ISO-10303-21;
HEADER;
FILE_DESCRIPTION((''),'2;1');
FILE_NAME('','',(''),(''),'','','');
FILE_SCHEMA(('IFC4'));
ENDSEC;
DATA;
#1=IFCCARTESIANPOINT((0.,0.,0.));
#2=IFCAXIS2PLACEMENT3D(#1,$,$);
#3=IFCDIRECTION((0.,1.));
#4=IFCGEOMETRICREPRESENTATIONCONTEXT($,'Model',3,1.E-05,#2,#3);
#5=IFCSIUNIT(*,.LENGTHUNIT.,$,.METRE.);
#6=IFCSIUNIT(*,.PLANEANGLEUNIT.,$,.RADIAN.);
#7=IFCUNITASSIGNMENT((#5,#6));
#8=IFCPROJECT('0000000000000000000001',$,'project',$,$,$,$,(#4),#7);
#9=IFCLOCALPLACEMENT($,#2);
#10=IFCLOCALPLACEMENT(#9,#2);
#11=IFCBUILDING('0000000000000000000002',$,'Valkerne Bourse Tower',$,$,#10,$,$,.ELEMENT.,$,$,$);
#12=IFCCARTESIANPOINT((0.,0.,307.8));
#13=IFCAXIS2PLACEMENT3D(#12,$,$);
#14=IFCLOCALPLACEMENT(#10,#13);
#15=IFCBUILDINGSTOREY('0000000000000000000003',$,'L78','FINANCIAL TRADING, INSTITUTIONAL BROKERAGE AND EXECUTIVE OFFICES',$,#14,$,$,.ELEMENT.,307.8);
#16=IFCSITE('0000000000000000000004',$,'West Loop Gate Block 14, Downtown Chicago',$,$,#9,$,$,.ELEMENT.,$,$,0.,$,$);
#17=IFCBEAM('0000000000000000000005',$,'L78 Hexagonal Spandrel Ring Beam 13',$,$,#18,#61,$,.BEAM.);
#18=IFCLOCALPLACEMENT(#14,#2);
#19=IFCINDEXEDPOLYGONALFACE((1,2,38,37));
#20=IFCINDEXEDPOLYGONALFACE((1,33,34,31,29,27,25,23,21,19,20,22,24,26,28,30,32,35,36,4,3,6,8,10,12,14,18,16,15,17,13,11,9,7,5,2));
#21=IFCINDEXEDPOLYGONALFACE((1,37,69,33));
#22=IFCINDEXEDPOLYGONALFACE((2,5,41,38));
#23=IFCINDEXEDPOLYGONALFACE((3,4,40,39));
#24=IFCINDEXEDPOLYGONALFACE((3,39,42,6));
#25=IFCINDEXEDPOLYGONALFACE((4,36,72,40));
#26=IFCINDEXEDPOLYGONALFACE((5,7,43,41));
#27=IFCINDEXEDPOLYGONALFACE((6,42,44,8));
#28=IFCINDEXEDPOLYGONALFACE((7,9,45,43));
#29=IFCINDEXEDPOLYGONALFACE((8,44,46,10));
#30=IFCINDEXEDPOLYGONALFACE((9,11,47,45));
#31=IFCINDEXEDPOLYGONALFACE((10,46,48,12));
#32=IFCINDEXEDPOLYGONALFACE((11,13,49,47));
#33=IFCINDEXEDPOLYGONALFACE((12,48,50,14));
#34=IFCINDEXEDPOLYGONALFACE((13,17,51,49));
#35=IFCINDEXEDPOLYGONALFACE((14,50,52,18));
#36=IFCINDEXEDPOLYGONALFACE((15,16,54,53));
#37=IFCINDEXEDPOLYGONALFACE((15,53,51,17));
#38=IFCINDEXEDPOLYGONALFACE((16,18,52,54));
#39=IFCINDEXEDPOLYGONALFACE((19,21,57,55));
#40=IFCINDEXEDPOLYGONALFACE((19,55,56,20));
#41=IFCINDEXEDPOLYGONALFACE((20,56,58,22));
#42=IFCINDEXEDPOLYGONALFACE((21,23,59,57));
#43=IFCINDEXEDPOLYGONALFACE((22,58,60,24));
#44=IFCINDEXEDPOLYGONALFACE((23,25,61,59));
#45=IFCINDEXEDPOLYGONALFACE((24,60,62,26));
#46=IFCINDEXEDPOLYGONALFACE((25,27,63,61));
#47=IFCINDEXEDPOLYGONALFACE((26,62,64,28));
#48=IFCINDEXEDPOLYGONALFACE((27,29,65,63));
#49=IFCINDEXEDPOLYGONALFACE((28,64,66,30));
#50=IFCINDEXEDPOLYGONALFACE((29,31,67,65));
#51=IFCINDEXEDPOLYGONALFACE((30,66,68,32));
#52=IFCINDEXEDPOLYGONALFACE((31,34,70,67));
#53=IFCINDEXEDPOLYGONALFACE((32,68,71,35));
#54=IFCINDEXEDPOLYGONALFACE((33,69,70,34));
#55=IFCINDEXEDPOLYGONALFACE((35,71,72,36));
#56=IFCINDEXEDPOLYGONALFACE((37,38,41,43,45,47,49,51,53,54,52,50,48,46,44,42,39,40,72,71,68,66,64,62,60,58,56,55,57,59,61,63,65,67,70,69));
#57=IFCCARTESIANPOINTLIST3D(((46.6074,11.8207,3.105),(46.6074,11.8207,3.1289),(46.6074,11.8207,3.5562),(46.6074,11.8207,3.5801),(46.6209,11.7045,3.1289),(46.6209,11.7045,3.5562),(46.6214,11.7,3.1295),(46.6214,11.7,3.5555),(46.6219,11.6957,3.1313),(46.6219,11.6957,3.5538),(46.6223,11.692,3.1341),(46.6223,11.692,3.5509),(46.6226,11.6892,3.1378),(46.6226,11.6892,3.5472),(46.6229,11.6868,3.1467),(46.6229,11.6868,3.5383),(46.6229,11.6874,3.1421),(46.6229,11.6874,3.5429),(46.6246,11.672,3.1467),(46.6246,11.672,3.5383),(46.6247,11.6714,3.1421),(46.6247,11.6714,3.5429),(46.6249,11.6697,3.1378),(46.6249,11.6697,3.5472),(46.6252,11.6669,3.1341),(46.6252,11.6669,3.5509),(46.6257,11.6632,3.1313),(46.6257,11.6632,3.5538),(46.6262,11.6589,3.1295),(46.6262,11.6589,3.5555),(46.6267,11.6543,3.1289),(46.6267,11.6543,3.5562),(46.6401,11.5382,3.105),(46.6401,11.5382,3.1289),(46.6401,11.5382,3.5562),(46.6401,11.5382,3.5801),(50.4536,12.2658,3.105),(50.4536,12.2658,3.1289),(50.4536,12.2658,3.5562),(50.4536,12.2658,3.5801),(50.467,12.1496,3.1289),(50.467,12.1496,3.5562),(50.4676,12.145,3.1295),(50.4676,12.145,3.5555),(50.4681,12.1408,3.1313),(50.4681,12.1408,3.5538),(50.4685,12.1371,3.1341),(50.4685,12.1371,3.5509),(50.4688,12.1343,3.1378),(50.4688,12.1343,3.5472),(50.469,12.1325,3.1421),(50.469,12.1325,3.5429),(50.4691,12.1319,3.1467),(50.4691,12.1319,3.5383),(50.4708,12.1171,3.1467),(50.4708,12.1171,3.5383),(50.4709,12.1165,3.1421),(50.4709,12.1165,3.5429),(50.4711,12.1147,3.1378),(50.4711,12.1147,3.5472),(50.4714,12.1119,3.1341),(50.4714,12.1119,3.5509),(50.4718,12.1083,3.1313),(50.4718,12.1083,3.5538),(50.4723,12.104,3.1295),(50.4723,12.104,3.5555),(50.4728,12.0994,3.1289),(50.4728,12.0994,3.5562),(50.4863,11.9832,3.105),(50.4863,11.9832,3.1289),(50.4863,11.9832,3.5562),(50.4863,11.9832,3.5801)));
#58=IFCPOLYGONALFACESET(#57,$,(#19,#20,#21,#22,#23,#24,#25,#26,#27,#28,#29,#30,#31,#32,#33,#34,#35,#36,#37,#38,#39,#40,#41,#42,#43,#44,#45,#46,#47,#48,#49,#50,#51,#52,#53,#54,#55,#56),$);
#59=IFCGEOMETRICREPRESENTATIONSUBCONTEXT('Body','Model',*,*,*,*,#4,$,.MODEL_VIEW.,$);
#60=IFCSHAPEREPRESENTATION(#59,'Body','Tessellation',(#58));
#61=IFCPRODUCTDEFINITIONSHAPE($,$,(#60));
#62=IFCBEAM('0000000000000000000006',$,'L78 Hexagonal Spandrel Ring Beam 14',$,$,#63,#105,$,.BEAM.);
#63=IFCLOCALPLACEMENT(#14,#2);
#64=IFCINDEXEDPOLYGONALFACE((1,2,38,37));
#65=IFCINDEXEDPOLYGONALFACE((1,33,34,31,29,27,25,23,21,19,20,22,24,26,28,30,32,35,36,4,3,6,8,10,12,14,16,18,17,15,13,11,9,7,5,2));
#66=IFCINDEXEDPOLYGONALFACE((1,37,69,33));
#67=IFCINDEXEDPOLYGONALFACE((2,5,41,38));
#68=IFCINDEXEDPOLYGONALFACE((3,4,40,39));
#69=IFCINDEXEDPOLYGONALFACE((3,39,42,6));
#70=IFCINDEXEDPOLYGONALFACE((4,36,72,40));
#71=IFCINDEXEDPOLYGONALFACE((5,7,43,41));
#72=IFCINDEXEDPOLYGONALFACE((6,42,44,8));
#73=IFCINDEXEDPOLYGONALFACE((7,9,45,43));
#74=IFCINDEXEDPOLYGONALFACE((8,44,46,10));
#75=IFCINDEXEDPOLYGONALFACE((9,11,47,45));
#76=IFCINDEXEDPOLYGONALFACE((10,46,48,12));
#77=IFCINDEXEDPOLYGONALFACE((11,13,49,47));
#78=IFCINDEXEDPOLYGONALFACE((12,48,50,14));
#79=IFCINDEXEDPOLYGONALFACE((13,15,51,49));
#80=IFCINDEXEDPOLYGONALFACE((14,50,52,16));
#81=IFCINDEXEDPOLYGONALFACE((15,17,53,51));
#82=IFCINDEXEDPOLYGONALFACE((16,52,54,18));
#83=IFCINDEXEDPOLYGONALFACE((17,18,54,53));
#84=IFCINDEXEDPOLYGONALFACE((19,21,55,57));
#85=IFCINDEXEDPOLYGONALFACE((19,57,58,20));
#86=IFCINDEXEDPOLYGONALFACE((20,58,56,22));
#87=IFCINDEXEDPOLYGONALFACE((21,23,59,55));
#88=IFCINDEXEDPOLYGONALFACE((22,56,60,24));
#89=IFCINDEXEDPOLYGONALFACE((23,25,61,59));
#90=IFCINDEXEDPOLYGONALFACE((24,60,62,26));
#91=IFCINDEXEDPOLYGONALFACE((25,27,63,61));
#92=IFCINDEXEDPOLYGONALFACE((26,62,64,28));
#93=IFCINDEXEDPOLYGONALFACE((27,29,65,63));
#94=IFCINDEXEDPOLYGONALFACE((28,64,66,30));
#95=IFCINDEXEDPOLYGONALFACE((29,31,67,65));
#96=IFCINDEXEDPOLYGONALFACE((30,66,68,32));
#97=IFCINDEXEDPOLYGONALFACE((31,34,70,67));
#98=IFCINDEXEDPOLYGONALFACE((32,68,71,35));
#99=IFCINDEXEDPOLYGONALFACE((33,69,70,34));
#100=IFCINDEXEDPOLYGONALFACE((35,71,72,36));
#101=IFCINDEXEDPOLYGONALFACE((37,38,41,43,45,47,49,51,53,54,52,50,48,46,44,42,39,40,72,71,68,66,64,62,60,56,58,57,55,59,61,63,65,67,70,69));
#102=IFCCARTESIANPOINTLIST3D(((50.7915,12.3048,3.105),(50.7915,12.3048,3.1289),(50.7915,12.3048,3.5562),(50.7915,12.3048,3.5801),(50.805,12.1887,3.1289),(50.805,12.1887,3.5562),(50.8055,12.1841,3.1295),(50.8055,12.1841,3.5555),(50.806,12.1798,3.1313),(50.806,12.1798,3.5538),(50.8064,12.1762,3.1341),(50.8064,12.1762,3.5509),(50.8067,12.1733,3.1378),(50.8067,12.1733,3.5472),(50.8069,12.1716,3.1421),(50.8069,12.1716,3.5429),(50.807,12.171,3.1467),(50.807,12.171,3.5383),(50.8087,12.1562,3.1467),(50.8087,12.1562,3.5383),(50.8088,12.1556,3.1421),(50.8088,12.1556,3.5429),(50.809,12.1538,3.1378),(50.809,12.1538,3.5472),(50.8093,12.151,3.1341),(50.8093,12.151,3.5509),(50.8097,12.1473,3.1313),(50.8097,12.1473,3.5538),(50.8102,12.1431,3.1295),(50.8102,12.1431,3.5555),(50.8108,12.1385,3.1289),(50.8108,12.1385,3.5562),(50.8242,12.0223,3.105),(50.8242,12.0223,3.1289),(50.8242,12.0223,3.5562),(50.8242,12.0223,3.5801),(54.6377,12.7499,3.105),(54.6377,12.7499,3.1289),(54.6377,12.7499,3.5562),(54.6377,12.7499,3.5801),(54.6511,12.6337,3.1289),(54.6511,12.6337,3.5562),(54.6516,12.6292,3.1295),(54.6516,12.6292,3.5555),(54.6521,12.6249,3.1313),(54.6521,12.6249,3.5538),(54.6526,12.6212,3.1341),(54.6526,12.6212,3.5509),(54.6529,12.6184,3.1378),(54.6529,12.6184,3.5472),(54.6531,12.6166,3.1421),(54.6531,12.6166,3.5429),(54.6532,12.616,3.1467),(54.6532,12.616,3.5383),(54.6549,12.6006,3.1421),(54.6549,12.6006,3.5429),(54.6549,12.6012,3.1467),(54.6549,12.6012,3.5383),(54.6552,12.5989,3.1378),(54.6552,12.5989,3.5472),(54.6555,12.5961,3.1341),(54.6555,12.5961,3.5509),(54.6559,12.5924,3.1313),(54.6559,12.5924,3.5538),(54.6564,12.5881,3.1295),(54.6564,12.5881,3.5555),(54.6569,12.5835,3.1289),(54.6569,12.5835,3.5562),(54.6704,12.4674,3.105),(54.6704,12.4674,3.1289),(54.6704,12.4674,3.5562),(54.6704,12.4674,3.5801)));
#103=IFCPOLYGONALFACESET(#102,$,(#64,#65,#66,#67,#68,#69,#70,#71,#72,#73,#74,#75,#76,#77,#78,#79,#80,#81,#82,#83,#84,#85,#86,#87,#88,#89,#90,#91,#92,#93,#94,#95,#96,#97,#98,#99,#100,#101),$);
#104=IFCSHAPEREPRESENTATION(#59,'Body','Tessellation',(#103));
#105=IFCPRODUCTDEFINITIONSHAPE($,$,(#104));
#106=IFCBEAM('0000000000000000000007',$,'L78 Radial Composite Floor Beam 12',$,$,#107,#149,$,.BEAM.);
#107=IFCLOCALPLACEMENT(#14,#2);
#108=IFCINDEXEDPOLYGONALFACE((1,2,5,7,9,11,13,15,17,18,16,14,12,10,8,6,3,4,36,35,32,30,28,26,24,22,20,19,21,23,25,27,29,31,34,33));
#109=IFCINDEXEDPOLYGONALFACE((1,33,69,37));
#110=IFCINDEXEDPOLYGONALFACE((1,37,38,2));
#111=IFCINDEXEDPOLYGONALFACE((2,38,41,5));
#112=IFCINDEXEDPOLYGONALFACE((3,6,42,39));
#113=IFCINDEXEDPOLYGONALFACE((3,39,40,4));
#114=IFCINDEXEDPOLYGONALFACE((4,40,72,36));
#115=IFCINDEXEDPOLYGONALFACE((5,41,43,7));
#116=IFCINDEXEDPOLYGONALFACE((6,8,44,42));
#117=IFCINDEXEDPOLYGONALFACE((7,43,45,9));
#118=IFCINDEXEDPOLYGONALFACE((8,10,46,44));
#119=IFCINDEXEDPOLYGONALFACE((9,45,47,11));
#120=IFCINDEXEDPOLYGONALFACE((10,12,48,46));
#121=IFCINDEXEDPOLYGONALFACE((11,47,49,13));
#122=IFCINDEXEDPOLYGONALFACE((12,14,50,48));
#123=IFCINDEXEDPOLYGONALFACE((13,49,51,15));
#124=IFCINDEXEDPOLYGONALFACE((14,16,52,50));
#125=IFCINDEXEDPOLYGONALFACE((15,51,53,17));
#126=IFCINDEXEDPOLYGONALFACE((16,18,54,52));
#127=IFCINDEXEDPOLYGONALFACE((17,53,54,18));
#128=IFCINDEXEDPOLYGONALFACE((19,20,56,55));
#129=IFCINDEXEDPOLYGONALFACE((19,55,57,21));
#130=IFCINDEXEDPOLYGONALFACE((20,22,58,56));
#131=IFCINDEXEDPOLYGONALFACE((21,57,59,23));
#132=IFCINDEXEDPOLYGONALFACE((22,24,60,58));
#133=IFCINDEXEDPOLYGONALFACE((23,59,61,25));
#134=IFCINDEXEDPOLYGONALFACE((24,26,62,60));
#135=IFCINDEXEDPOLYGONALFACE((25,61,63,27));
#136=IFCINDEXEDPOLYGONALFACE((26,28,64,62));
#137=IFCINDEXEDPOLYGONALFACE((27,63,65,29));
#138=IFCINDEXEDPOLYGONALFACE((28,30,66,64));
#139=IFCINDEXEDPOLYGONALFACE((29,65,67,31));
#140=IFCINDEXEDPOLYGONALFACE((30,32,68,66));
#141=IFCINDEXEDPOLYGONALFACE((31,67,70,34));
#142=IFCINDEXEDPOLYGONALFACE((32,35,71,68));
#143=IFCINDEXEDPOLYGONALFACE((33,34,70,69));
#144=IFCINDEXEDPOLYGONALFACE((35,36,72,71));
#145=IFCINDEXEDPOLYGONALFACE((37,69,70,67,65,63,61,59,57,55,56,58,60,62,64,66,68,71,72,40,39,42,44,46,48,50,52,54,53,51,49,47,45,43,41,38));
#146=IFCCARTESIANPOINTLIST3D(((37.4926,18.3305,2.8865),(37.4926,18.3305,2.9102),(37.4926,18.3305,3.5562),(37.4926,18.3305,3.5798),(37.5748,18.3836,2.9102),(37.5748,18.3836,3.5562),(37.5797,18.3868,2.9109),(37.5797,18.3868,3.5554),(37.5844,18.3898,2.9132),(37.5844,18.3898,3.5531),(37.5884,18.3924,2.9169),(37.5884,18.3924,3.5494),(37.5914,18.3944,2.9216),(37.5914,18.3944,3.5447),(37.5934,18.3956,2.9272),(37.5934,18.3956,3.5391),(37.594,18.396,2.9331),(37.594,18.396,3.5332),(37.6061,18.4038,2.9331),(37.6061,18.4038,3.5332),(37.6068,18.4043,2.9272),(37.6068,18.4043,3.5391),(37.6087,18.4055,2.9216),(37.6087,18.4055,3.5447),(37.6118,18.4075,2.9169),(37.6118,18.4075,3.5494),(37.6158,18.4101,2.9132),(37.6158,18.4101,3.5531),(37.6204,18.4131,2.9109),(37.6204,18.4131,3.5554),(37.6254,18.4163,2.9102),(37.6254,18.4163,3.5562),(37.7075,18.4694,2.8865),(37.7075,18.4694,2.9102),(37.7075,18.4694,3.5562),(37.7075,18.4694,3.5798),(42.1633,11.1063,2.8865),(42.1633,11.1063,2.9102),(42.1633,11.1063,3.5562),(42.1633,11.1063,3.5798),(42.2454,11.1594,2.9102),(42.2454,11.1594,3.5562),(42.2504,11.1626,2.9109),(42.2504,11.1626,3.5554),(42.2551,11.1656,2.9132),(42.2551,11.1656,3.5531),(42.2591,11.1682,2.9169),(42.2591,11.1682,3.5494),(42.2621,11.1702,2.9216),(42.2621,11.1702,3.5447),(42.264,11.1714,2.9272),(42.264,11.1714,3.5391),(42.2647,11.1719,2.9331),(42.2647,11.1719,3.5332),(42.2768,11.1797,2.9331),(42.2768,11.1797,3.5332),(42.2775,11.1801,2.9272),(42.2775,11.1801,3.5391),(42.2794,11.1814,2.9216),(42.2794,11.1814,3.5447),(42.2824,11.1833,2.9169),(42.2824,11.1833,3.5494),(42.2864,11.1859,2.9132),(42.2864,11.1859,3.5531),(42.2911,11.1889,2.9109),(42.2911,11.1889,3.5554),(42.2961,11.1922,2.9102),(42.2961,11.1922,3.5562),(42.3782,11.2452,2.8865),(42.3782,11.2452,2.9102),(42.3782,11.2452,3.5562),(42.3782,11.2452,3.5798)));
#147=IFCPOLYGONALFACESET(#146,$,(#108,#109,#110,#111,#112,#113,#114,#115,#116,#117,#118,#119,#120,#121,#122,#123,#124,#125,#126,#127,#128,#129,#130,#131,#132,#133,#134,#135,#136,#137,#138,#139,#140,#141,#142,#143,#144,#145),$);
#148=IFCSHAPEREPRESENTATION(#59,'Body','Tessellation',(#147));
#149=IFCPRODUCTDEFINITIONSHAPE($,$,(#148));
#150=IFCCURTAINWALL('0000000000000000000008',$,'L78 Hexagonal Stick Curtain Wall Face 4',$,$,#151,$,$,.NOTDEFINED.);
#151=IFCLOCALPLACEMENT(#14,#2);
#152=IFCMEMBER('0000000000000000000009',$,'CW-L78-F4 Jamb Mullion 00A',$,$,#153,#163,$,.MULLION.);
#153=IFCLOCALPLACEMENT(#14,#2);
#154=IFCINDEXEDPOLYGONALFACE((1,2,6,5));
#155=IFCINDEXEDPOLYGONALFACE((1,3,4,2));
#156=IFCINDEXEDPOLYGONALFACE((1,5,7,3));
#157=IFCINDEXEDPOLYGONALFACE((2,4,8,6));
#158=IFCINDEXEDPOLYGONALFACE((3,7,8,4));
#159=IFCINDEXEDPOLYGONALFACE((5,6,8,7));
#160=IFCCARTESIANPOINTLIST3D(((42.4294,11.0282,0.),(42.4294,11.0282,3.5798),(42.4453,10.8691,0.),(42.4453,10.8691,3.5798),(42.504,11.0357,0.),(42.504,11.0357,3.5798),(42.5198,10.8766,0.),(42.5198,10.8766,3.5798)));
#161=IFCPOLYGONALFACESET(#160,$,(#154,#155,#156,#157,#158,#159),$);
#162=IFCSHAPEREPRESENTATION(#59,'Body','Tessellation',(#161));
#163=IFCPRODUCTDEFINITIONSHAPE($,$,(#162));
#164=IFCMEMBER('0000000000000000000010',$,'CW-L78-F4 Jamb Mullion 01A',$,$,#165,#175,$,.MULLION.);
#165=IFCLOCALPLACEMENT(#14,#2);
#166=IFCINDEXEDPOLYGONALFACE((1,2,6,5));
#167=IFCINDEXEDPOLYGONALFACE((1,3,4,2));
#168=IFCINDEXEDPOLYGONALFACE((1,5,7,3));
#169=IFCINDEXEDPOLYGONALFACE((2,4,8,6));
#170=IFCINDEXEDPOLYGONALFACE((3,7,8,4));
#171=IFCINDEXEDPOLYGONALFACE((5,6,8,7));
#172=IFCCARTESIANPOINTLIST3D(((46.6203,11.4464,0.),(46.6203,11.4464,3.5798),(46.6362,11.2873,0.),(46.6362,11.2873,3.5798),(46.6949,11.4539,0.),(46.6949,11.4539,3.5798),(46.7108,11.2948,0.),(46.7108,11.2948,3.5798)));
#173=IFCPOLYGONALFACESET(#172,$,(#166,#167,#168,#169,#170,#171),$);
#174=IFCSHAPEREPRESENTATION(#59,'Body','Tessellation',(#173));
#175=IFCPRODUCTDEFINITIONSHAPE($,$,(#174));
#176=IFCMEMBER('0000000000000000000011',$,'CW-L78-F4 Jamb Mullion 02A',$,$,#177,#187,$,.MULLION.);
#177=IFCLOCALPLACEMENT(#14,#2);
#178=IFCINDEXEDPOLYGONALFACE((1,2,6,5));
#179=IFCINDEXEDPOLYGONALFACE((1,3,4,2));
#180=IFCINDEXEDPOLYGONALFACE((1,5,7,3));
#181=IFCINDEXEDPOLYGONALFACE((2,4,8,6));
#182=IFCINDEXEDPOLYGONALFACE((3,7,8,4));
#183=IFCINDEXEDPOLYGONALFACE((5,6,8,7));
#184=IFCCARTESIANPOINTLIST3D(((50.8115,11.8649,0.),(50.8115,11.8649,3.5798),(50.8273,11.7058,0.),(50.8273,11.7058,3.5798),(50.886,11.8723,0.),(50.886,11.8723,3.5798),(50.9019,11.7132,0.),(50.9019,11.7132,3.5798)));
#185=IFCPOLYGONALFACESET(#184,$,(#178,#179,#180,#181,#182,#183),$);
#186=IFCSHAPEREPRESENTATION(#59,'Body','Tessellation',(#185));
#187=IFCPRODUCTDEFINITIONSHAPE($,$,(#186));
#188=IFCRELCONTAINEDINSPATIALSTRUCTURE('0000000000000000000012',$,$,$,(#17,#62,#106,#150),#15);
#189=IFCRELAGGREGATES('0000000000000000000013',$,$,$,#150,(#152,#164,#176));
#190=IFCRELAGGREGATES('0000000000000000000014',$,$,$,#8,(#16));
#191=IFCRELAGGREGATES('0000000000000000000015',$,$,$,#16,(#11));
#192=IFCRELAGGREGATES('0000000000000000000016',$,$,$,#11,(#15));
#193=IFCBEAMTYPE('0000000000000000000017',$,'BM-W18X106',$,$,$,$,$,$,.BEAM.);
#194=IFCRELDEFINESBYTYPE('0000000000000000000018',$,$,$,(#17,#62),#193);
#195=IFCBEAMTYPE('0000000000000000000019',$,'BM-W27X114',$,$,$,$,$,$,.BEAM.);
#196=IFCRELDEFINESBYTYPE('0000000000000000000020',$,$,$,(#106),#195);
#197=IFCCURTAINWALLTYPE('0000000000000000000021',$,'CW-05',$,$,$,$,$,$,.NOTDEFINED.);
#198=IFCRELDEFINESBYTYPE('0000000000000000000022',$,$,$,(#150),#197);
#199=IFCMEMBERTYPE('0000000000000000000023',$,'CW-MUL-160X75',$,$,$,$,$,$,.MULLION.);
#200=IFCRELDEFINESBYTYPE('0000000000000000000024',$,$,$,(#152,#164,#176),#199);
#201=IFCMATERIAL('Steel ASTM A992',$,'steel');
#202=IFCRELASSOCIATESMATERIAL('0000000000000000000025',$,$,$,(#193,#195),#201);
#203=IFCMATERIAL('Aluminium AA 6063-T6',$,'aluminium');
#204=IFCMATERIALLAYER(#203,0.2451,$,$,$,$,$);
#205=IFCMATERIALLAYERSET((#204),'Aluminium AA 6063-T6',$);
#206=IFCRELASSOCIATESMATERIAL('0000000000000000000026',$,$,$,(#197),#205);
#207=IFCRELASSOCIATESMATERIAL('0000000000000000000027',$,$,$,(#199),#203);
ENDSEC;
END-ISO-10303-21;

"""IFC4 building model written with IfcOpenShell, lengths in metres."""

from ifc_helpers import new_model, si_unit, direction, frame, origin, origin_2d, place, context, subcontext, project, spatial, rectangle, i_section, extrude, material, layer, layer_set, material_profile, profile_set, type_object, element, aggregate, save


model = new_model("IFC4")

# Units and contexts
model_context = context("Model", 3, precision=1e-05, world=origin(), true_north=direction((0.0, 1.0)))
body_context = subcontext(model_context, "Body", "Model", "MODEL_VIEW")
ifc_project = project(units=[si_unit("LENGTHUNIT", "METRE"), si_unit("PLANEANGLEUNIT", "RADIAN")], contexts=[model_context])

# Site, building, storey
site_placement = place(None, origin())
site = spatial("IfcSite", under=ifc_project, at=site_placement, Name="West Loop Gate Block 14, Downtown Chicago", CompositionType="ELEMENT", RefElevation=0.0)
building_placement = place(site_placement, origin())
building = spatial("IfcBuilding", under=site, at=building_placement, Name="Valkerne Bourse Tower", CompositionType="ELEMENT")
storey_placement = place(building_placement, frame((0.0, 0.0, 307.8)))
storey = spatial("IfcBuildingStorey", under=building, at=storey_placement, Name="L78", Description="FINANCIAL TRADING, INSTITUTIONAL BROKERAGE AND EXECUTIVE OFFICES", CompositionType="ELEMENT", Elevation=307.8)

# Beams
ifc_material_1 = material(Name="Steel ASTM A992", Category="steel")
ifc_material_profile_1 = material_profile(ifc_material_1, i_section(OverallWidth=0.2844, OverallDepth=0.4751, WebThickness=0.0149, FlangeThickness=0.0239, FilletRadius=0.0178, at=origin_2d()), Name="W18X106")
ifc_profile_set_1 = profile_set([ifc_material_profile_1], Name="Steel ASTM A992")
beam_type_1 = type_object("IfcBeamType", Name="BM-W18X106", PredefinedType="BEAM", material=ifc_profile_set_1)
for number, where, z_axis, x_axis, name in (
    (1, (46.6238, 11.6794, 3.3425), (0.993371, 0.11495, 0.0), (-0.11495, 0.993371, 0.0), "L78 Hexagonal Spandrel Ring Beam 13"),
    (2, (50.8079, 12.1636, 3.3425), (0.993371, 0.11495, 0.0), (-0.11495, 0.993371, 0.0), "L78 Hexagonal Spandrel Ring Beam 14"),
):
    element("IfcBeam", number, at=place(storey_placement, frame(where, z_axis=z_axis, x_axis=x_axis)), inside=storey, type_object=beam_type_1, Name=name, PredefinedType="BEAM", context=body_context, shape_type="SweptSolid", body=[
        extrude(i_section(OverallWidth=0.2844, OverallDepth=0.4751, WebThickness=0.0149, FlangeThickness=0.0239, FilletRadius=0.0178, at=origin_2d()), origin(), (0.0, 0.0, 1.0), 3.8718),
    ])
ifc_material_profile_2 = material_profile(ifc_material_1, i_section(OverallWidth=0.2559, OverallDepth=0.6934, WebThickness=0.0144, FlangeThickness=0.0237, FilletRadius=0.0229, at=origin_2d()), Name="W27X114")
ifc_profile_set_2 = profile_set([ifc_material_profile_2], Name="Steel ASTM A992")
beam_type_2 = type_object("IfcBeamType", Name="BM-W27X114", PredefinedType="BEAM", material=ifc_profile_set_2)
beam_placement = place(storey_placement, frame((42.2708, 11.1758, 3.2332), z_axis=(-0.542942, 0.83977, 0.0), x_axis=(-0.83977, -0.542942, 0.0)))
element("IfcBeam", 3, at=beam_placement, inside=storey, type_object=beam_type_2, Name="L78 Radial Composite Floor Beam 12", PredefinedType="BEAM", context=body_context, shape_type="SweptSolid", body=[
    extrude(i_section(OverallWidth=0.2559, OverallDepth=0.6934, WebThickness=0.0144, FlangeThickness=0.0237, FilletRadius=0.0229, at=origin_2d()), origin(), (0.0, 0.0, 1.0), 8.6025),
])

# Curtain wall, members
ifc_material_2 = material(Name="Aluminium AA 6063-T6", Category="aluminium")
ifc_layer_1 = layer(ifc_material_2, 0.2451)
ifc_layer_set_1 = layer_set([ifc_layer_1], Name="Aluminium AA 6063-T6")
curtain_wall_type = type_object("IfcCurtainWallType", Name="CW-05", PredefinedType="NOTDEFINED", material=ifc_layer_set_1)
curtain_wall_placement = place(storey_placement, origin())
curtain_wall = element("IfcCurtainWall", 4, at=curtain_wall_placement, inside=storey, type_object=curtain_wall_type, Name="L78 Hexagonal Stick Curtain Wall Face 4", PredefinedType="NOTDEFINED")
ifc_material_profile_3 = material_profile(ifc_material_2, rectangle(XDim=0.075, YDim=0.1599, at=origin_2d()), Name="CWM-75X160")
ifc_profile_set_3 = profile_set([ifc_material_profile_3], Name="Aluminium AA 6063-T6")
member_type_1 = type_object("IfcMemberType", Name="CW-MUL-160X75", PredefinedType="MULLION", material=ifc_profile_set_3)
member_1_placement = place(storey_placement, frame((42.4746, 10.9524, 0.0), z_axis=(0.0, 0.0, 1.0), x_axis=(0.995056, 0.099313, 0.0)))
member_1 = element("IfcMember", 5, at=member_1_placement, type_object=member_type_1, Name="CW-L78-F4 Jamb Mullion 00A", PredefinedType="MULLION", context=body_context, shape_type="SweptSolid", body=[
    extrude(rectangle(XDim=0.075, YDim=0.1599, at=origin_2d()), origin(), (0.0, 0.0, 1.0), 3.5798),
])
member_2_placement = place(storey_placement, frame((46.6655, 11.3706, 0.0), z_axis=(0.0, 0.0, 1.0), x_axis=(0.995054, 0.099334, 0.0)))
member_2 = element("IfcMember", 6, at=member_2_placement, type_object=member_type_1, Name="CW-L78-F4 Jamb Mullion 01A", PredefinedType="MULLION", context=body_context, shape_type="SweptSolid", body=[
    extrude(rectangle(XDim=0.075, YDim=0.1599, at=origin_2d()), origin(), (0.0, 0.0, 1.0), 3.5798),
])
member_3_placement = place(storey_placement, frame((50.8567, 11.7891, 0.0), z_axis=(0.0, 0.0, 1.0), x_axis=(0.995056, 0.099311, 0.0)))
member_3 = element("IfcMember", 7, at=member_3_placement, type_object=member_type_1, Name="CW-L78-F4 Jamb Mullion 02A", PredefinedType="MULLION", context=body_context, shape_type="SweptSolid", body=[
    extrude(rectangle(XDim=0.075, YDim=0.1599, at=origin_2d()), origin(), (0.0, 0.0, 1.0), 3.5798),
])

aggregate(curtain_wall, [member_1, member_2, member_3])

save(model, "model.ifc")
